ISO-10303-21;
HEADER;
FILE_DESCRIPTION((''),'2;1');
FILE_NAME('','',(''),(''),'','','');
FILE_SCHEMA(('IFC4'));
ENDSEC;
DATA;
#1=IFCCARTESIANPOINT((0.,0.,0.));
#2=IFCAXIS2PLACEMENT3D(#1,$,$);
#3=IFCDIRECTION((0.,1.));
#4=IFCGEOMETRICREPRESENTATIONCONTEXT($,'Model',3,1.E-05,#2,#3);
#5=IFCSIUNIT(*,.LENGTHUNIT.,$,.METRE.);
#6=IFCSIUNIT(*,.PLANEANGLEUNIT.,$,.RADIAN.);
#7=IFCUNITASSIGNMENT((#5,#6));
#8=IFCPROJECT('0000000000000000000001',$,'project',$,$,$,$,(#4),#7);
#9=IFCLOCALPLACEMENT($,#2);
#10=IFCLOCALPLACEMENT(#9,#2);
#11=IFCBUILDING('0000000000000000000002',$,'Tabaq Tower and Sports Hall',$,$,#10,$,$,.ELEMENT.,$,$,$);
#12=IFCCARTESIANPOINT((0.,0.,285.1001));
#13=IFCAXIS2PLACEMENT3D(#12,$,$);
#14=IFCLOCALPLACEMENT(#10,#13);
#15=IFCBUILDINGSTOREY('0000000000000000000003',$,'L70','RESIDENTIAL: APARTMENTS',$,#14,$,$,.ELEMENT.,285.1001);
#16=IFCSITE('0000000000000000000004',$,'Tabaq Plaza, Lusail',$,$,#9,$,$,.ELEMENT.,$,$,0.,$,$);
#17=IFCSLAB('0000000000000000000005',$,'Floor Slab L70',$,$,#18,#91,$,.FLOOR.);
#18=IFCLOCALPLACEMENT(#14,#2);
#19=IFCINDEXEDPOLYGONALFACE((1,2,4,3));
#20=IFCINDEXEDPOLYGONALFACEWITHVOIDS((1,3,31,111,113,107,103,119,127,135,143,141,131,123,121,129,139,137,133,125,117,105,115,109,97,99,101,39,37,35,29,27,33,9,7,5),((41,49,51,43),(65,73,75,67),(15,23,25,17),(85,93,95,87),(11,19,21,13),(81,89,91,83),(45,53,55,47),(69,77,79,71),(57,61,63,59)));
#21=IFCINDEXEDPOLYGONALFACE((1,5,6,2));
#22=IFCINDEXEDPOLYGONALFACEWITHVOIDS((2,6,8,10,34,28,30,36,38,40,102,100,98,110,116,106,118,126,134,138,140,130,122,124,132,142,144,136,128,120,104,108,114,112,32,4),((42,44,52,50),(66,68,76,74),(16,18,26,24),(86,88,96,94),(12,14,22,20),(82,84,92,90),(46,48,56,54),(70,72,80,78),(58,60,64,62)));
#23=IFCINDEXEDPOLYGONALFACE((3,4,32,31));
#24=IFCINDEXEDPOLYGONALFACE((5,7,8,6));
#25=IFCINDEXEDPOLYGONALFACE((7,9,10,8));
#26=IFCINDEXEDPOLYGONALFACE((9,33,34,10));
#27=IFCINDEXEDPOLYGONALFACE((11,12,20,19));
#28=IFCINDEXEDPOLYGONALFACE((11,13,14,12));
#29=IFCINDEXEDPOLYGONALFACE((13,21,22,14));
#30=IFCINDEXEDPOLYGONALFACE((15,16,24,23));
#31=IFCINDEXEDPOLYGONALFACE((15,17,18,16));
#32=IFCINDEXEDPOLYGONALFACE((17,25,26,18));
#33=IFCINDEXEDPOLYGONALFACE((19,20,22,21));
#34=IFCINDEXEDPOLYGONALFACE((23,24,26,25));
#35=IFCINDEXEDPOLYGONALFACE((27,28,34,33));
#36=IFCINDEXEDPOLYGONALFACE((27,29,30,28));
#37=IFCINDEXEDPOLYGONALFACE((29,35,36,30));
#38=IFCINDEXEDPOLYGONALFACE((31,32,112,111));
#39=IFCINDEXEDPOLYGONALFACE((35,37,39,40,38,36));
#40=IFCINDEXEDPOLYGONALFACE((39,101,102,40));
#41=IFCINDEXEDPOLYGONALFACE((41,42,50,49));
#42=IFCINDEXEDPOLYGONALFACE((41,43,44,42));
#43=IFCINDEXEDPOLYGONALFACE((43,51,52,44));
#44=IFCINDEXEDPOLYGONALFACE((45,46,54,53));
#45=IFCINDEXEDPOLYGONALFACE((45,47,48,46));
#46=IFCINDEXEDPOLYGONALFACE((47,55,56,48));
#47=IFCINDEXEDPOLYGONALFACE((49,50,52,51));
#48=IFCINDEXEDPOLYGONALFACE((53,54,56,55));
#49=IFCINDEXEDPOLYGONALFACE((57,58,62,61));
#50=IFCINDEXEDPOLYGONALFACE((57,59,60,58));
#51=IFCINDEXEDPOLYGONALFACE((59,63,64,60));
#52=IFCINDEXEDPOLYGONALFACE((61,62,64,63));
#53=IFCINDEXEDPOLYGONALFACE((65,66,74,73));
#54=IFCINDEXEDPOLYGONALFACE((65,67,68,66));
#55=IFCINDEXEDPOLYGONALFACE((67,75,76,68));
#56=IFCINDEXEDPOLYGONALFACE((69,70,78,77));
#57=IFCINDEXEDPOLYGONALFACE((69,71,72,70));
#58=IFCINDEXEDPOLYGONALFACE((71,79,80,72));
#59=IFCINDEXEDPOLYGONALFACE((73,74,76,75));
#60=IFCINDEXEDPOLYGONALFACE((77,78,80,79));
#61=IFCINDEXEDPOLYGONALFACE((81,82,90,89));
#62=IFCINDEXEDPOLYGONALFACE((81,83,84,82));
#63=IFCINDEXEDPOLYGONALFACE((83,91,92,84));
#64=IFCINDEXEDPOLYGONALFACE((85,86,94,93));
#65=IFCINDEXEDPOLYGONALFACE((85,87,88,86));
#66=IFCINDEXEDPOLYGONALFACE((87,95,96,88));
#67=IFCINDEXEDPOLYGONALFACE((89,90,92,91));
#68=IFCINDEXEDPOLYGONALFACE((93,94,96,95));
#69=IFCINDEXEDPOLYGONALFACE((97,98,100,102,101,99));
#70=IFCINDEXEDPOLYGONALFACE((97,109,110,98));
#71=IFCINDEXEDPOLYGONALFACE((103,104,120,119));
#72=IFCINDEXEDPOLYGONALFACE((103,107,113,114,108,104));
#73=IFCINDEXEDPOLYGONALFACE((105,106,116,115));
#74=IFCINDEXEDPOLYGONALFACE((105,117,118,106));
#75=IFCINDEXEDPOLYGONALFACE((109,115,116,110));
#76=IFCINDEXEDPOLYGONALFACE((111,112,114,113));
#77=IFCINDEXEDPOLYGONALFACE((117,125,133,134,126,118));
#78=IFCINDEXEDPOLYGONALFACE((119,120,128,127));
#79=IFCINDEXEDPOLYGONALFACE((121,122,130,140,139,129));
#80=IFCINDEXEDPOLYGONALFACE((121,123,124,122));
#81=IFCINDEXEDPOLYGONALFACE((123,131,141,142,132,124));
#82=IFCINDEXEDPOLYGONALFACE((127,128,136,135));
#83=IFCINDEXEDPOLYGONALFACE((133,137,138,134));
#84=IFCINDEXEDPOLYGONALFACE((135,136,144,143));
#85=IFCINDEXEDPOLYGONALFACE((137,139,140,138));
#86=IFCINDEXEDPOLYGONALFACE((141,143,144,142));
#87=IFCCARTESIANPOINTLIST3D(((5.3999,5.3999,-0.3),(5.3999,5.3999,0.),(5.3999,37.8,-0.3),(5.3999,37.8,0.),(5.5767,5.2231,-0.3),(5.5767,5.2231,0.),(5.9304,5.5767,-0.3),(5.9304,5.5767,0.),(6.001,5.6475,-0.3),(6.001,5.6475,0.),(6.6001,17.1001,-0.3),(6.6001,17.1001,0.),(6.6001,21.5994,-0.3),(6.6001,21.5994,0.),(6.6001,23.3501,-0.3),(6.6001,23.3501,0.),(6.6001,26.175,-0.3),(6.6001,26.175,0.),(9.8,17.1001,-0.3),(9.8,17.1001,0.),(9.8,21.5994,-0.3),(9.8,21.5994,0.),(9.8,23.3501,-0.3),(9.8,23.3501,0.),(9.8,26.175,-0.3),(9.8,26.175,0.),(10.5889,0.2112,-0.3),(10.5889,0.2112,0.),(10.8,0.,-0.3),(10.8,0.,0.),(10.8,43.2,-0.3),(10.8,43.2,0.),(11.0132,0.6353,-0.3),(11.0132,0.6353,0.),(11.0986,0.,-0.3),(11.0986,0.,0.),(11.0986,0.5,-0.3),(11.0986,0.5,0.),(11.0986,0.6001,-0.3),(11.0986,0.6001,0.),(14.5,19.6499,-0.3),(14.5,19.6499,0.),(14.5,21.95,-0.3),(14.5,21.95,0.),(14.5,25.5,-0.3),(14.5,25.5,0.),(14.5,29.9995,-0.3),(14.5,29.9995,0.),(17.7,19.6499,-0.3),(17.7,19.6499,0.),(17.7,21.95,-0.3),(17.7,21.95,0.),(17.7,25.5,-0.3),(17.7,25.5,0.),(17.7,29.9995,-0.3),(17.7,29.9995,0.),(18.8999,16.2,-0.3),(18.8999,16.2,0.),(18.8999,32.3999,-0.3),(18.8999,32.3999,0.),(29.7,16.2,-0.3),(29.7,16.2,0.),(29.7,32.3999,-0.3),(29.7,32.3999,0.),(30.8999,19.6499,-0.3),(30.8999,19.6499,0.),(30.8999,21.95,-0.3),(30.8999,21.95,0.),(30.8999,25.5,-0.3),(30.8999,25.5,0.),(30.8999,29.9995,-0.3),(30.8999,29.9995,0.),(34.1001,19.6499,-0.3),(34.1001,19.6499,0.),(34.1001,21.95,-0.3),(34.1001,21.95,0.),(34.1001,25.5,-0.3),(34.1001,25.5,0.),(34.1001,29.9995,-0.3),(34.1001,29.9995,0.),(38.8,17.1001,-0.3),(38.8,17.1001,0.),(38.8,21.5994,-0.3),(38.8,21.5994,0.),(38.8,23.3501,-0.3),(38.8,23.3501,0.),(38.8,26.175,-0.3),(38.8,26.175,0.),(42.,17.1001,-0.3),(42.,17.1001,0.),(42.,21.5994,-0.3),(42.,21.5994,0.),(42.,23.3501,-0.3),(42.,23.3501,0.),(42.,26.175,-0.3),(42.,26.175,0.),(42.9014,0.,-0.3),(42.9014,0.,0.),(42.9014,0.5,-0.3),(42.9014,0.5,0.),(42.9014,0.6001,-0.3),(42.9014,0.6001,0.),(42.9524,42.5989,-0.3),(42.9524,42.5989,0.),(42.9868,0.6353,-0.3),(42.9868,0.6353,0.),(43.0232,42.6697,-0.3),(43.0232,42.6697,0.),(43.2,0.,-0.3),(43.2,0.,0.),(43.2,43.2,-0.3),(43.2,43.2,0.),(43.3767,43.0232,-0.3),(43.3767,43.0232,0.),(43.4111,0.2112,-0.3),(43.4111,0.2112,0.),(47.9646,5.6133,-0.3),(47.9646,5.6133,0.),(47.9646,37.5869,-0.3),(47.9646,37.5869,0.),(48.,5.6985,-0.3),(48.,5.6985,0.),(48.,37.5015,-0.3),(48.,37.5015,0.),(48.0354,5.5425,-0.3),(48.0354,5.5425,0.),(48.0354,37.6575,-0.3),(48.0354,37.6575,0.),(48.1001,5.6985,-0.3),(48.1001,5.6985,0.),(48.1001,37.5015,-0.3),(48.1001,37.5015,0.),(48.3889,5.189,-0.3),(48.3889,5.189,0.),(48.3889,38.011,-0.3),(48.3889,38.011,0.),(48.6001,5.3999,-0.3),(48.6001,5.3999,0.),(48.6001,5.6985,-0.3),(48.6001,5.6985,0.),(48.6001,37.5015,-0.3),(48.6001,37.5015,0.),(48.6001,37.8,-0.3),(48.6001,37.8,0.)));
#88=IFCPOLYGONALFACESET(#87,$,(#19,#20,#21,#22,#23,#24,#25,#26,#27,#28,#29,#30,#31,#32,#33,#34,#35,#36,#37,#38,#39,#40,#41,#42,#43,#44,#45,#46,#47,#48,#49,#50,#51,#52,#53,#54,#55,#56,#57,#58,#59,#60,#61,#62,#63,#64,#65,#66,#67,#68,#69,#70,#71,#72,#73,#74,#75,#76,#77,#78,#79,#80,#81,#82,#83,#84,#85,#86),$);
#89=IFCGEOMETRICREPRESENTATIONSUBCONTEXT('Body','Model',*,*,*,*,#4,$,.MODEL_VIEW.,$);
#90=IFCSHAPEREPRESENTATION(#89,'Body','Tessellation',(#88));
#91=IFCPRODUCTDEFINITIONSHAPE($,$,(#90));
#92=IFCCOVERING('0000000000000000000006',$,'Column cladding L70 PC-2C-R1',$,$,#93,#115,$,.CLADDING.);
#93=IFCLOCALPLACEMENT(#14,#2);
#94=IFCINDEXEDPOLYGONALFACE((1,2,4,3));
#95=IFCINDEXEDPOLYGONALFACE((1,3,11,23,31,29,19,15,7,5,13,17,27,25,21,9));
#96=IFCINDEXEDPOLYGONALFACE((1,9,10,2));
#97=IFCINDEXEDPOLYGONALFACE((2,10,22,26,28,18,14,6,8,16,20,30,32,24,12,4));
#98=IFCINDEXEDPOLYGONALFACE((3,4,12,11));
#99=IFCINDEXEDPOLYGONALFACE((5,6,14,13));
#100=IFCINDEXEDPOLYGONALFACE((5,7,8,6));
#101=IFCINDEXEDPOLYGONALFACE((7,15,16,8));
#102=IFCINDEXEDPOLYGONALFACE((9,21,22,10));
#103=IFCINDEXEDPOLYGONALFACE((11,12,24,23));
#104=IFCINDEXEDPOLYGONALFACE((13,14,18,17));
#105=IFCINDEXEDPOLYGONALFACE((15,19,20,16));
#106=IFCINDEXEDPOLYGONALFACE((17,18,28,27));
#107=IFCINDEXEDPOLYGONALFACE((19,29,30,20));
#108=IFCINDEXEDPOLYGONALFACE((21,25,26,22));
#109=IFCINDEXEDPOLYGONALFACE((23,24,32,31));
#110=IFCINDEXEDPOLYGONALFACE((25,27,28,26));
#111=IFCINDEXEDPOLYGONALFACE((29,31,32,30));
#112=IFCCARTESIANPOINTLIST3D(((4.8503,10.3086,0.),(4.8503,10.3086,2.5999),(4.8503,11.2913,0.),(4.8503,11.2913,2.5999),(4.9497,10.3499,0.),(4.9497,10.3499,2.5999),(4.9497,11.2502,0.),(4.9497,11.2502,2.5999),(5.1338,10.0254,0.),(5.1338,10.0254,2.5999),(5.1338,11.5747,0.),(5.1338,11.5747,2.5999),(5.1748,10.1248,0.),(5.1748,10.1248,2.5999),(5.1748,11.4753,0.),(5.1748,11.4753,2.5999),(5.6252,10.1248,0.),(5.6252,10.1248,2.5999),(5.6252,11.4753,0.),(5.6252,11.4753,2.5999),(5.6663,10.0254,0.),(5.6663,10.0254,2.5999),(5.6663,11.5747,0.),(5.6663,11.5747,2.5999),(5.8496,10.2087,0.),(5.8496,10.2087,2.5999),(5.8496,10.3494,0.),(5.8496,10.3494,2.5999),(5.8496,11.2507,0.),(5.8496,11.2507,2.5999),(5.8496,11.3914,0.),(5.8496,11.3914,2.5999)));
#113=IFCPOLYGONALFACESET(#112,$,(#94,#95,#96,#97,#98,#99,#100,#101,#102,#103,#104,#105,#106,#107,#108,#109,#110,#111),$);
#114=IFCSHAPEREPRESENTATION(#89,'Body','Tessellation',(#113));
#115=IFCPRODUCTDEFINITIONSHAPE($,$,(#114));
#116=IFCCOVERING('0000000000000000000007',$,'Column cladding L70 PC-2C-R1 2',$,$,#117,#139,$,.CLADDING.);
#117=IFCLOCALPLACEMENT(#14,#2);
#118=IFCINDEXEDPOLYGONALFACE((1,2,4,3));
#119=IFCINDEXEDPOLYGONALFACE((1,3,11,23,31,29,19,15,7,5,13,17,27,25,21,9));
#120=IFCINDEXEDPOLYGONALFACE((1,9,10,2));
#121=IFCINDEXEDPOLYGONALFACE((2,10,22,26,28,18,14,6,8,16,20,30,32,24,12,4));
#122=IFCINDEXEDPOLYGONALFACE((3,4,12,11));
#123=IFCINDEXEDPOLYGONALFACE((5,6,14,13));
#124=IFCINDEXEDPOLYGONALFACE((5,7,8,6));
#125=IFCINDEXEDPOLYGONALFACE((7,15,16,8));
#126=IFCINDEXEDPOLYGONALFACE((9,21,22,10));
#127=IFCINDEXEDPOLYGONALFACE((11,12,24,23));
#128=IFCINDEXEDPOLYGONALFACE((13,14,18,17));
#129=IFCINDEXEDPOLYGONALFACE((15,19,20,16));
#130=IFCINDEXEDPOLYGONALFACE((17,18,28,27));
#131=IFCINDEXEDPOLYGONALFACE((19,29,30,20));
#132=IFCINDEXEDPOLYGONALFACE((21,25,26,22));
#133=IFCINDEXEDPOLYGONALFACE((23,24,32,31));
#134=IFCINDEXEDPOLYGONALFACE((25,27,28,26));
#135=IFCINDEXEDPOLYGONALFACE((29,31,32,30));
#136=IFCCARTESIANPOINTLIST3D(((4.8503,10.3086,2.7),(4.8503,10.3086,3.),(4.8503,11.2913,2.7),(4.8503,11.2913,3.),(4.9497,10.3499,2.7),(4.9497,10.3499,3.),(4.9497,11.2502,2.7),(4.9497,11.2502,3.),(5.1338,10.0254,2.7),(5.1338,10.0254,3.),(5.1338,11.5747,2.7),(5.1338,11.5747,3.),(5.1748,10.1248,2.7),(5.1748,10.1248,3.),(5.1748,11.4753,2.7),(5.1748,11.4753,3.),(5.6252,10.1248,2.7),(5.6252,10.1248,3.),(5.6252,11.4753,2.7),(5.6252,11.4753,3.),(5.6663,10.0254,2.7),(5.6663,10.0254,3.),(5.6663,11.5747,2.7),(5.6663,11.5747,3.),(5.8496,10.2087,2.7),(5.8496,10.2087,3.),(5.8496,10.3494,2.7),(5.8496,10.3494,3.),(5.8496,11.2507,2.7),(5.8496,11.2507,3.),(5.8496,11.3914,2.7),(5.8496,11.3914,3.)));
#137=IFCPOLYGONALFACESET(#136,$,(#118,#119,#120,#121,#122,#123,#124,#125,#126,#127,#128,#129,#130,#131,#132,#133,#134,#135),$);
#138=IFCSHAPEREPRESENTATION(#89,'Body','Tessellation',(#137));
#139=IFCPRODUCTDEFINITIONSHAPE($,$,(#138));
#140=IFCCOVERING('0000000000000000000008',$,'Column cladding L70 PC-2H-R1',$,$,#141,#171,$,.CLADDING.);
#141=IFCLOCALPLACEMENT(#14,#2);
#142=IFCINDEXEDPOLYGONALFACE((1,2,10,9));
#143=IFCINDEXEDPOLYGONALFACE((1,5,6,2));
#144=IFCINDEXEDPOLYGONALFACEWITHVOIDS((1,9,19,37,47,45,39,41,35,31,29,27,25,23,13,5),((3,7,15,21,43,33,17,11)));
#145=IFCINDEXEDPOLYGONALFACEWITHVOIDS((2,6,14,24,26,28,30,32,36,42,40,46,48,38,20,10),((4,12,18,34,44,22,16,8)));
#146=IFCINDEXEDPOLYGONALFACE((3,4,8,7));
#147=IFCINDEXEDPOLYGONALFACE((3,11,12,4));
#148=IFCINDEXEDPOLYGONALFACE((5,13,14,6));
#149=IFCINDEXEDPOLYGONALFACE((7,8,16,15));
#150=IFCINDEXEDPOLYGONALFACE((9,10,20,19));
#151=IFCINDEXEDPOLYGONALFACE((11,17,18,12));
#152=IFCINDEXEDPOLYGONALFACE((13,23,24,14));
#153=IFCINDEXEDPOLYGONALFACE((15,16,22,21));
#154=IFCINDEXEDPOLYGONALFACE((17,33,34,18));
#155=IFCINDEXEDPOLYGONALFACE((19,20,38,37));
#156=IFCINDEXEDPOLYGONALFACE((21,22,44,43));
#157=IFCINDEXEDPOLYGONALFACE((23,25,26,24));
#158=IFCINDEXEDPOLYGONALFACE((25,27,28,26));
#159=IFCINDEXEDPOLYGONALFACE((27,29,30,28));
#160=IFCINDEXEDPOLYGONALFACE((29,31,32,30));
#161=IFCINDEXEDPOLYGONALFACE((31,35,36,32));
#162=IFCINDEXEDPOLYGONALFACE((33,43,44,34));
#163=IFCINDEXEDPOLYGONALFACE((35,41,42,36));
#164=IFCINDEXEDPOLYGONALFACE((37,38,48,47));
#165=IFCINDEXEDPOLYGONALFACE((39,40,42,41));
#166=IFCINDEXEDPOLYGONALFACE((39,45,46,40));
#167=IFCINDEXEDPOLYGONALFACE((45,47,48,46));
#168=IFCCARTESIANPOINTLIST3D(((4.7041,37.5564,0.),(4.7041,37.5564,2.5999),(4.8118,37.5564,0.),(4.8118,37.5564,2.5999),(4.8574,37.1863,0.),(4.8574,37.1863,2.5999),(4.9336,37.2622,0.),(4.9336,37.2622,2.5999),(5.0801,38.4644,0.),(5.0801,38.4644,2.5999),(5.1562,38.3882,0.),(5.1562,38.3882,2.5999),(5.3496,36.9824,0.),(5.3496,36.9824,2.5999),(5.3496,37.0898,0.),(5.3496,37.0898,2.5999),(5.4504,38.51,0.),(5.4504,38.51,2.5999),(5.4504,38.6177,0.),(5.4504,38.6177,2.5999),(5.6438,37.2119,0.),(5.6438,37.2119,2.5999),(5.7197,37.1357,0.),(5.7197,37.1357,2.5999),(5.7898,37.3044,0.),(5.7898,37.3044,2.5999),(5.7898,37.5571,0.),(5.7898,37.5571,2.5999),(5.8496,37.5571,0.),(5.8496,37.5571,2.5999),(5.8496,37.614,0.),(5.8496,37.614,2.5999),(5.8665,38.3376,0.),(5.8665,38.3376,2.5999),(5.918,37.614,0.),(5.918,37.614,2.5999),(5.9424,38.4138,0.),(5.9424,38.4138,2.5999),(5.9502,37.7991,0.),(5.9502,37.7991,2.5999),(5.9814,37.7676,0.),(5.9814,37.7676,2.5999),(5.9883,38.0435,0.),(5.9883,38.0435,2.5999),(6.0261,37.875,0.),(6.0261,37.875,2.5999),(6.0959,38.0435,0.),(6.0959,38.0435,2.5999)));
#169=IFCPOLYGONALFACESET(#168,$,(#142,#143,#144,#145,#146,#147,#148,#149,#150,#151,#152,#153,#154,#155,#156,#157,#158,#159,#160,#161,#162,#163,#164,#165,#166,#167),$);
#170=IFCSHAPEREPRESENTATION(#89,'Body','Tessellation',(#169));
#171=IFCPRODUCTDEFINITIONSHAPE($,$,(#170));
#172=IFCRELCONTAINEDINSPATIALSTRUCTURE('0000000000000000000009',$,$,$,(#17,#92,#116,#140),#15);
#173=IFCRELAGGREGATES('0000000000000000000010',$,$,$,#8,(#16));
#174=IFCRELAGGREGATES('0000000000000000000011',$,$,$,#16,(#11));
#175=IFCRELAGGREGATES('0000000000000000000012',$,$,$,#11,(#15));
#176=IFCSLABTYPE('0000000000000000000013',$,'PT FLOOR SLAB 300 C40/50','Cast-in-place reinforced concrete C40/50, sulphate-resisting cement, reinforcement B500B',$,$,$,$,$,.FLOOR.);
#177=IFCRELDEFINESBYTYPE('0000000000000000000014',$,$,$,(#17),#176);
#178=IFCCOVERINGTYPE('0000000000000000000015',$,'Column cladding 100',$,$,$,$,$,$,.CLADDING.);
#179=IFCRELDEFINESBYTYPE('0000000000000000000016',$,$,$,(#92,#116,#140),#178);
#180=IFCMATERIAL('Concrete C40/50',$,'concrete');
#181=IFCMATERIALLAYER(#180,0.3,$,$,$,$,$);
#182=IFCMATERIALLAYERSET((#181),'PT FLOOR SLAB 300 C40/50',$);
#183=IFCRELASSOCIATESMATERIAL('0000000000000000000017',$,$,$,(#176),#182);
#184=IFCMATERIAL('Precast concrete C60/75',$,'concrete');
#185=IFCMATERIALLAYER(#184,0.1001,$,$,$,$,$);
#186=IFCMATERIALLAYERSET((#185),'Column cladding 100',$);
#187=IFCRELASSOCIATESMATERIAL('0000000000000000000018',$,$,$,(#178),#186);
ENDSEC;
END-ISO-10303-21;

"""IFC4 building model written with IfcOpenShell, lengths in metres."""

from ifc_helpers import new_model, si_unit, direction, frame, origin, place, context, subcontext, project, spatial, polyline, outline, extrude, material, layer, layer_set, type_object, element, save


model = new_model("IFC4")

# Units and contexts
model_context = context("Model", 3, precision=1e-05, world=origin(), true_north=direction((0.0, 1.0)))
body_context = subcontext(model_context, "Body", "Model", "MODEL_VIEW")
ifc_project = project(units=[si_unit("LENGTHUNIT", "METRE"), si_unit("PLANEANGLEUNIT", "RADIAN")], contexts=[model_context])

# Site, building, storey
site_placement = place(None, origin())
site = spatial("IfcSite", under=ifc_project, at=site_placement, Name="Tabaq Plaza, Lusail", CompositionType="ELEMENT", RefElevation=0.0)
building_placement = place(site_placement, origin())
building = spatial("IfcBuilding", under=site, at=building_placement, Name="Tabaq Tower and Sports Hall", CompositionType="ELEMENT")
storey_placement = place(building_placement, frame((0.0, 0.0, 285.1001)))
storey = spatial("IfcBuildingStorey", under=building, at=storey_placement, Name="L70", Description="RESIDENTIAL: APARTMENTS", CompositionType="ELEMENT", Elevation=285.1001)

# Slab
ifc_material_1 = material(Name="Concrete C40/50", Category="concrete")
ifc_layer_1 = layer(ifc_material_1, 0.3)
ifc_layer_set_1 = layer_set([ifc_layer_1], Name="PT FLOOR SLAB 300 C40/50")
slab_type = type_object("IfcSlabType", Name="PT FLOOR SLAB 300 C40/50", Description="Cast-in-place reinforced concrete C40/50, sulphate-resisting cement, reinforcement B500B", PredefinedType="FLOOR", material=ifc_layer_set_1)
slab_placement = place(storey_placement, frame((0.0, 0.0, -0.3)))
element("IfcSlab", 1, at=slab_placement, inside=storey, type_object=slab_type, Name="Floor Slab L70", PredefinedType="FLOOR", context=body_context, shape_type="SweptSolid", body=[
    extrude(outline(polyline([(5.3999, 37.8), (5.3999, 5.3999), (5.5767, 5.2231), (5.9304, 5.5767), (6.001, 5.6475), (11.0132, 0.6353), (10.5889, 0.2112), (10.8, 0.0), (11.0986, 0.0), (11.0986, 0.5), (11.0986, 0.6001), (42.9014, 0.6001), (42.9014, 0.5), (42.9014, 0.0), (43.2, 0.0), (43.4111, 0.2112), (42.9868, 0.6353), (47.9646, 5.6133), (48.0354, 5.5425), (48.3889, 5.189), (48.6001, 5.3999), (48.6001, 5.6985), (48.1001, 5.6985), (48.0, 5.6985), (48.0, 37.5015), (48.1001, 37.5015), (48.6001, 37.5015), (48.6001, 37.8), (48.3889, 38.011), (48.0354, 37.6575), (47.9646, 37.5869), (42.9524, 42.5989), (43.0232, 42.6697), (43.3767, 43.0232), (43.2, 43.2), (10.8, 43.2), (5.3999, 37.8)]), holes=[polyline([(6.6001, 21.5994), (9.8, 21.5994), (9.8, 17.1001), (6.6001, 17.1001), (6.6001, 21.5994)]), polyline([(38.8, 21.5994), (42.0, 21.5994), (42.0, 17.1001), (38.8, 17.1001), (38.8, 21.5994)]), polyline([(14.5, 21.95), (17.7, 21.95), (17.7, 19.6499), (14.5, 19.6499), (14.5, 21.95)]), polyline([(30.8999, 21.95), (34.1001, 21.95), (34.1001, 19.6499), (30.8999, 19.6499), (30.8999, 21.95)]), polyline([(18.8999, 16.2), (18.8999, 32.3999), (29.7, 32.3999), (29.7, 16.2), (18.8999, 16.2)]), polyline([(6.6001, 26.175), (9.8, 26.175), (9.8, 23.3501), (6.6001, 23.3501), (6.6001, 26.175)]), polyline([(38.8, 26.175), (42.0, 26.175), (42.0, 23.3501), (38.8, 23.3501), (38.8, 26.175)]), polyline([(17.7, 29.9995), (17.7, 25.5), (14.5, 25.5), (14.5, 29.9995), (17.7, 29.9995)]), polyline([(34.1001, 29.9995), (34.1001, 25.5), (30.8999, 25.5), (30.8999, 29.9995), (34.1001, 29.9995)])]), origin(), (0.0, 0.0, 1.0), 0.3),
])

# Coverings
ifc_material_2 = material(Name="Precast concrete C60/75", Category="concrete")
ifc_layer_2 = layer(ifc_material_2, 0.1001)
ifc_layer_set_2 = layer_set([ifc_layer_2], Name="Column cladding 100")
covering_type = type_object("IfcCoveringType", Name="Column cladding 100", PredefinedType="CLADDING", material=ifc_layer_set_2)
covering_1_placement = place(storey_placement, origin())
element("IfcCovering", 2, at=covering_1_placement, inside=storey, type_object=covering_type, Name="Column cladding L70 PC-2C-R1", PredefinedType="CLADDING", context=body_context, shape_type="SweptSolid", body=[
    extrude(outline(polyline([(5.1338, 10.0254), (4.8503, 10.3086), (4.8503, 11.2913), (5.1338, 11.5747), (5.6663, 11.5747), (5.8496, 11.3914), (5.8496, 11.2507), (5.6252, 11.4753), (5.1748, 11.4753), (4.9497, 11.2502), (4.9497, 10.3499), (5.1748, 10.1248), (5.6252, 10.1248), (5.8496, 10.3494), (5.8496, 10.2087), (5.6663, 10.0254), (5.1338, 10.0254)])), origin(), (0.0, 0.0, 1.0), 2.5999),
])
covering_2_placement = place(storey_placement, frame((0.0, 0.0, 2.7)))
element("IfcCovering", 3, at=covering_2_placement, inside=storey, type_object=covering_type, Name="Column cladding L70 PC-2C-R1 2", PredefinedType="CLADDING", context=body_context, shape_type="SweptSolid", body=[
    extrude(outline(polyline([(5.1338, 10.0254), (4.8503, 10.3086), (4.8503, 11.2913), (5.1338, 11.5747), (5.6663, 11.5747), (5.8496, 11.3914), (5.8496, 11.2507), (5.6252, 11.4753), (5.1748, 11.4753), (4.9497, 11.2502), (4.9497, 10.3499), (5.1748, 10.1248), (5.6252, 10.1248), (5.8496, 10.3494), (5.8496, 10.2087), (5.6663, 10.0254), (5.1338, 10.0254)])), origin(), (0.0, 0.0, 1.0), 0.3),
])
covering_3_placement = place(storey_placement, origin())
element("IfcCovering", 4, at=covering_3_placement, inside=storey, type_object=covering_type, Name="Column cladding L70 PC-2H-R1", PredefinedType="CLADDING", context=body_context, shape_type="SweptSolid", body=[
    extrude(outline(polyline([(4.8574, 37.1863), (4.7041, 37.5564), (5.0801, 38.4644), (5.4504, 38.6177), (5.9424, 38.4138), (6.0959, 38.0435), (6.0261, 37.875), (5.9502, 37.7991), (5.9814, 37.7676), (5.918, 37.614), (5.8496, 37.614), (5.8496, 37.5571), (5.7898, 37.5571), (5.7898, 37.3044), (5.7197, 37.1357), (5.3496, 36.9824), (4.8574, 37.1863)]), holes=[polyline([(5.8665, 38.3376), (5.4504, 38.51), (5.1562, 38.3882), (4.8118, 37.5564), (4.9336, 37.2622), (5.3496, 37.0898), (5.6438, 37.2119), (5.9883, 38.0435), (5.8665, 38.3376)])]), origin(), (0.0, 0.0, 1.0), 2.5999),
])

save(model, "model.ifc")
